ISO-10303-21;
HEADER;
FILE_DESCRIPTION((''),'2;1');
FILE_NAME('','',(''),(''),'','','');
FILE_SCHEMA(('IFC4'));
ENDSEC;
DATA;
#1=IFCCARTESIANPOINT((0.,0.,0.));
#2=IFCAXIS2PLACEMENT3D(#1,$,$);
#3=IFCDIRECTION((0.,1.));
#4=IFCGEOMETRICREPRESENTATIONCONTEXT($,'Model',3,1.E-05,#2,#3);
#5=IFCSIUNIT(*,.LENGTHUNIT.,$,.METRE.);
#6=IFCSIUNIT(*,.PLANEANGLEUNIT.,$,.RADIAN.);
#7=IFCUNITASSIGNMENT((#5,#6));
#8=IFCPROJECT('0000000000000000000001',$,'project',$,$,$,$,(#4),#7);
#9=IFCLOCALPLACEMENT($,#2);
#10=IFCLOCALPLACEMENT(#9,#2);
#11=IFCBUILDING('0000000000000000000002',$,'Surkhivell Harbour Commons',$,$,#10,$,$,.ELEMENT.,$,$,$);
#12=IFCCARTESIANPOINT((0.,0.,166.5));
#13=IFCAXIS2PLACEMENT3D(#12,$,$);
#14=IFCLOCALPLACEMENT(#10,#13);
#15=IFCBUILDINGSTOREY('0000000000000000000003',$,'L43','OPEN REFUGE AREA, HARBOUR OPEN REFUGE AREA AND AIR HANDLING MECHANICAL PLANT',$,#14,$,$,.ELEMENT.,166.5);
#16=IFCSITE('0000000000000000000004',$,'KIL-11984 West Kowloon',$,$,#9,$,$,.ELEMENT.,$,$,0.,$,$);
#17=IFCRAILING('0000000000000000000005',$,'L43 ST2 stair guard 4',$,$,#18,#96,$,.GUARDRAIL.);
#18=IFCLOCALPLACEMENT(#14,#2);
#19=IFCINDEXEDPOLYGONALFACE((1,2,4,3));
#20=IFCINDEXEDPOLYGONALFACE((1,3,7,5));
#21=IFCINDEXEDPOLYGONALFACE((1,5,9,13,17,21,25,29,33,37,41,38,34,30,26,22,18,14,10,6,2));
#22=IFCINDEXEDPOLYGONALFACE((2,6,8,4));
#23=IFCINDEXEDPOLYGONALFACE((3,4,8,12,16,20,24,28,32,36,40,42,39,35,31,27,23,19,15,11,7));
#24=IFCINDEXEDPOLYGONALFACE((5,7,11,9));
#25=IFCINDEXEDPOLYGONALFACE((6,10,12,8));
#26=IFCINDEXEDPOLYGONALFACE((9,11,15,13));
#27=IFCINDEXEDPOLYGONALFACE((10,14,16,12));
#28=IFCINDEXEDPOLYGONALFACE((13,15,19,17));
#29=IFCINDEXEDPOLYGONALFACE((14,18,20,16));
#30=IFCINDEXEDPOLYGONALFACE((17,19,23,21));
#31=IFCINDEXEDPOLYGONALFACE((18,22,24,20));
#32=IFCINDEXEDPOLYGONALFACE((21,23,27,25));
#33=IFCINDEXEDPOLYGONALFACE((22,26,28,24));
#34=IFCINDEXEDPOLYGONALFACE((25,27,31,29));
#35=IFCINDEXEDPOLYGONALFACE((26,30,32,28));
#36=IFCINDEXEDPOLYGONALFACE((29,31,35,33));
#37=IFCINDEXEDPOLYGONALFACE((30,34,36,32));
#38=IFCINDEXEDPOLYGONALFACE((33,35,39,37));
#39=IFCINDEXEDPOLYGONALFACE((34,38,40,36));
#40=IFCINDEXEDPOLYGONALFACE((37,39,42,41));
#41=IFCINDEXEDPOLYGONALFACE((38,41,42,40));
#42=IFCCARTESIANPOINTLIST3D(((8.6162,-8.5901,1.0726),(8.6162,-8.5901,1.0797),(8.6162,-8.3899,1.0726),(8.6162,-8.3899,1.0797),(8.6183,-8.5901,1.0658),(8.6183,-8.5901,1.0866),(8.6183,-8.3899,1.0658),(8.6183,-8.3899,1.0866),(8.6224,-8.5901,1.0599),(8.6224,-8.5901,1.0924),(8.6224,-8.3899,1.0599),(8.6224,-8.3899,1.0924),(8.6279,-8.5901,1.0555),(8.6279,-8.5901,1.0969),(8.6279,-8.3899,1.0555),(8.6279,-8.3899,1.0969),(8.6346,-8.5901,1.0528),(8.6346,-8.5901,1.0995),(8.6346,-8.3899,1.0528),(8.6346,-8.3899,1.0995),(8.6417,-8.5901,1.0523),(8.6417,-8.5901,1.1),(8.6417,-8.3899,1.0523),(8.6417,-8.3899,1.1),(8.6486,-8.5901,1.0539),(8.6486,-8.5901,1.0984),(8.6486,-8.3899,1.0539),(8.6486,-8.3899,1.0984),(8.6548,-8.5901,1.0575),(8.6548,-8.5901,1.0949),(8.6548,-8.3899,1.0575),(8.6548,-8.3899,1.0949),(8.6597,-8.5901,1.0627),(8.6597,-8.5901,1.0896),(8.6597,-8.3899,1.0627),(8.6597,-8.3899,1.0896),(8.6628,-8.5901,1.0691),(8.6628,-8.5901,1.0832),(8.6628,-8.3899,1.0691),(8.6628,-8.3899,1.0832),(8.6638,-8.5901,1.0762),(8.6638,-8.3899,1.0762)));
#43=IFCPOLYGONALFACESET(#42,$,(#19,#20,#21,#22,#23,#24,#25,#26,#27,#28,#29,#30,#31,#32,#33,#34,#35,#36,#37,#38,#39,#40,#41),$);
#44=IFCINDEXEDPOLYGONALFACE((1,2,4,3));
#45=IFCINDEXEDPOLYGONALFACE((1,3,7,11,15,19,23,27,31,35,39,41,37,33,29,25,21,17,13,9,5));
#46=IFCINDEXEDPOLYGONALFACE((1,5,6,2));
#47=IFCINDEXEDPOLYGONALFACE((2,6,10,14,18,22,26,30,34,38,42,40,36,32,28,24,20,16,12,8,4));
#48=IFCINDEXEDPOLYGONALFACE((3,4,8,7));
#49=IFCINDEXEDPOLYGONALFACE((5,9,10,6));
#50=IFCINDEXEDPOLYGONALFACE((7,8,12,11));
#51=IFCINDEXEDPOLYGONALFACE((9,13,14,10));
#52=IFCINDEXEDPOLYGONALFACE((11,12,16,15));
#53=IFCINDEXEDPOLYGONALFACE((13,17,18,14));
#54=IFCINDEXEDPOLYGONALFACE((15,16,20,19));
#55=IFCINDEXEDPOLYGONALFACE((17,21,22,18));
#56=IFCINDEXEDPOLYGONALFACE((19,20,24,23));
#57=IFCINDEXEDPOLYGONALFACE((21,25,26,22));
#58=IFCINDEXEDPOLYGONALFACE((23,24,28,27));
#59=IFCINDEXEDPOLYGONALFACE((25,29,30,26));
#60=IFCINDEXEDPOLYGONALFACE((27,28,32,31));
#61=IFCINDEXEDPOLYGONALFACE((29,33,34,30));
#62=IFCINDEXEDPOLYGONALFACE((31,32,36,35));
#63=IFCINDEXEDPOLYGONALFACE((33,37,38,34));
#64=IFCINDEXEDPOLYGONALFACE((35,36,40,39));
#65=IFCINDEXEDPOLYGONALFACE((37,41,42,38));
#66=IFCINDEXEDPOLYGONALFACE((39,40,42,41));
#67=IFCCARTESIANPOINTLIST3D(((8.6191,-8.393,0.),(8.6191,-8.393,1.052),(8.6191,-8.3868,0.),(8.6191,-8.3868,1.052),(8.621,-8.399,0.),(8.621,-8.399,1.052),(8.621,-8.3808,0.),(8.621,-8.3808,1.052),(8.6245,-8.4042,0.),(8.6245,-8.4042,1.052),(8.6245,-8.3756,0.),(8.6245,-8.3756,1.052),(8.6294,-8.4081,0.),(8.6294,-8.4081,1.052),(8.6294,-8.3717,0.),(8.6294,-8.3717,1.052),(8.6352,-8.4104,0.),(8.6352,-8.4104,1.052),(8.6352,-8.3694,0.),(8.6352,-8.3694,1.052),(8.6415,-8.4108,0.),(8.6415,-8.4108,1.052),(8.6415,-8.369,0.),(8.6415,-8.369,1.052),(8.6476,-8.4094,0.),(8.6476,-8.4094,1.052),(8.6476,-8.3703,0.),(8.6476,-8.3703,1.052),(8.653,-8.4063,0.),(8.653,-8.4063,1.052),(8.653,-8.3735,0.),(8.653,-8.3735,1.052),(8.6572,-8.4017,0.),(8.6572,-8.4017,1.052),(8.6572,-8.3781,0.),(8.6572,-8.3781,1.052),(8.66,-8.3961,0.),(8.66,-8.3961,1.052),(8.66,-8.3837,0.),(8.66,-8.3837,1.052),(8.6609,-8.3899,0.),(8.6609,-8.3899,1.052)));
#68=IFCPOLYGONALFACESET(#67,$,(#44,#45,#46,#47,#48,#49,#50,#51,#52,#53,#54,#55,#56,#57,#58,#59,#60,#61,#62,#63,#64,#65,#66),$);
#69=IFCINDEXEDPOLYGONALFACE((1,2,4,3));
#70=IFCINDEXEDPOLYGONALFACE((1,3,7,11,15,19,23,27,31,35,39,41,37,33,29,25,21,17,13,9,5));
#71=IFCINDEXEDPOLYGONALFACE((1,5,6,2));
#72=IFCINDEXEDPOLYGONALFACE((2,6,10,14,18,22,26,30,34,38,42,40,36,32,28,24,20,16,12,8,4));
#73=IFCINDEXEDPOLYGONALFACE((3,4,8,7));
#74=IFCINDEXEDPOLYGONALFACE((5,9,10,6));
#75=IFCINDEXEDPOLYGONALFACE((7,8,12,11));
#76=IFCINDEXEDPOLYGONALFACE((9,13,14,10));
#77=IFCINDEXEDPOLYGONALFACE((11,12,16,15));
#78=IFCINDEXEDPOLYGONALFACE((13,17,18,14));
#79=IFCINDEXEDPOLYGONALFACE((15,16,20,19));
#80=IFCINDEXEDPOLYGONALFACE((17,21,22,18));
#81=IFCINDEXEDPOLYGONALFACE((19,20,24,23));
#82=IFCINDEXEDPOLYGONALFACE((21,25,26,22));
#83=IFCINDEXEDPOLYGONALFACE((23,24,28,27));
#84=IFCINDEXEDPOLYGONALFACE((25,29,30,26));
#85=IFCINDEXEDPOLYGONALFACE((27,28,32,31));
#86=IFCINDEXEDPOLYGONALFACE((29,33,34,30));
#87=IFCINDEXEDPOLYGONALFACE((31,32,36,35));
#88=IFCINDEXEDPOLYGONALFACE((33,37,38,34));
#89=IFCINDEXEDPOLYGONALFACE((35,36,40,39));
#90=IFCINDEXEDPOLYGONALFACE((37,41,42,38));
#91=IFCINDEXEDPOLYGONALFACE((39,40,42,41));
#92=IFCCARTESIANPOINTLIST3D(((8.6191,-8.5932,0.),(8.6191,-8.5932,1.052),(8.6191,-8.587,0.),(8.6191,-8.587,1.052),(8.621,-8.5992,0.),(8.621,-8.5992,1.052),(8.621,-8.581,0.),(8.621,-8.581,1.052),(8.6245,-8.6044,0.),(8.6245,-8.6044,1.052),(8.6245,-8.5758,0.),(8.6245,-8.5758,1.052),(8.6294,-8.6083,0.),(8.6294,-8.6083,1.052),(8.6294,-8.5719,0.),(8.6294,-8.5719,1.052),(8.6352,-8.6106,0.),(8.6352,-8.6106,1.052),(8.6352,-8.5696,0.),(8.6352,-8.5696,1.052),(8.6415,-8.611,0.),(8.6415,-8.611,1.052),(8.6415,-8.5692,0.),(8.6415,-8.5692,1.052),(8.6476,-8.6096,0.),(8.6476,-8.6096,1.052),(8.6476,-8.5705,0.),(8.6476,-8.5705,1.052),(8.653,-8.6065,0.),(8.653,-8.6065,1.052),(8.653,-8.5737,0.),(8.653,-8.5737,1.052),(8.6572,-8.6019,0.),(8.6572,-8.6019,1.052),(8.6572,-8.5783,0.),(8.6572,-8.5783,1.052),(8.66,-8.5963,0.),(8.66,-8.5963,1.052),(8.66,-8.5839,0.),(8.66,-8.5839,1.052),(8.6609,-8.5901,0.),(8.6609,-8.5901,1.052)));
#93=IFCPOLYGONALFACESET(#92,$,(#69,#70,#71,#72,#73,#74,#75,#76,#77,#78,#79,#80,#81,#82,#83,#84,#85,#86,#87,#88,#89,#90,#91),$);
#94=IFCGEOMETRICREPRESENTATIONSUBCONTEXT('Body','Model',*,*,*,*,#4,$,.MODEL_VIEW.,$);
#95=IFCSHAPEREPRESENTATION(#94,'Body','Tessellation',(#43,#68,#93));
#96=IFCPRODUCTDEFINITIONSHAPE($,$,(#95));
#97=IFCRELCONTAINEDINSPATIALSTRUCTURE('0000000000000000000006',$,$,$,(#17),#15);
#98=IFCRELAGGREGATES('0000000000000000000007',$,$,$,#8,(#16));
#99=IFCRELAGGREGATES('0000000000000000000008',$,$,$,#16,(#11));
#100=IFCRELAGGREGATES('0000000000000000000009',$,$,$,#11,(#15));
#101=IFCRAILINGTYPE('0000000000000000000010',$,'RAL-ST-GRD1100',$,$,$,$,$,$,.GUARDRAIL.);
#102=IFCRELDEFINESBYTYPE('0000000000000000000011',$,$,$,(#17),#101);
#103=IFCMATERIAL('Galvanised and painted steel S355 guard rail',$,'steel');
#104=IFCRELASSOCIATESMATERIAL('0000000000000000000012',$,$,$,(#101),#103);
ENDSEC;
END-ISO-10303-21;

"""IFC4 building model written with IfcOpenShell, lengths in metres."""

from ifc_helpers import new_model, si_unit, direction, frame, origin, origin_2d, place, context, subcontext, project, spatial, circle, extrude, material, type_object, element, save


model = new_model("IFC4")

# Units and contexts
model_context = context("Model", 3, precision=1e-05, world=origin(), true_north=direction((0.0, 1.0)))
body_context = subcontext(model_context, "Body", "Model", "MODEL_VIEW")
ifc_project = project(units=[si_unit("LENGTHUNIT", "METRE"), si_unit("PLANEANGLEUNIT", "RADIAN")], contexts=[model_context])

# Site, building, storey
site_placement = place(None, origin())
site = spatial("IfcSite", under=ifc_project, at=site_placement, Name="KIL-11984 West Kowloon", CompositionType="ELEMENT", RefElevation=0.0)
building_placement = place(site_placement, origin())
building = spatial("IfcBuilding", under=site, at=building_placement, Name="Surkhivell Harbour Commons", CompositionType="ELEMENT")
storey_placement = place(building_placement, frame((0.0, 0.0, 166.5)))
storey = spatial("IfcBuildingStorey", under=building, at=storey_placement, Name="L43", Description="OPEN REFUGE AREA, HARBOUR OPEN REFUGE AREA AND AIR HANDLING MECHANICAL PLANT", CompositionType="ELEMENT", Elevation=166.5)

# Railing
ifc_material_1 = material(Name="Galvanised and painted steel S355 guard rail", Category="steel")
railing_type_1 = type_object("IfcRailingType", Name="RAL-ST-GRD1100", PredefinedType="GUARDRAIL", material=ifc_material_1)
railing_1_placement = place(storey_placement, frame((8.6399, -8.3899, 0.0)))
element("IfcRailing", 1, at=railing_1_placement, inside=storey, type_object=railing_type_1, Name="L43 ST2 stair guard 4", PredefinedType="GUARDRAIL", context=body_context, shape_type="SweptSolid", body=[
    extrude(circle(Radius=0.0239, at=origin_2d()), frame((0.0, 0.0, 1.0762), z_axis=(0.0, -1.0, 0.0), x_axis=(1.0, 0.0, 0.0)), (0.0, 0.0, 1.0), 0.2002),
    extrude(circle(Radius=0.021, at=origin_2d()), origin(), (0.0, 0.0, 1.0), 1.052),
    extrude(circle(Radius=0.021, at=origin_2d()), frame((0.0, -0.2002, 0.0)), (0.0, 0.0, 1.0), 1.052),
])

save(model, "model.ifc")
